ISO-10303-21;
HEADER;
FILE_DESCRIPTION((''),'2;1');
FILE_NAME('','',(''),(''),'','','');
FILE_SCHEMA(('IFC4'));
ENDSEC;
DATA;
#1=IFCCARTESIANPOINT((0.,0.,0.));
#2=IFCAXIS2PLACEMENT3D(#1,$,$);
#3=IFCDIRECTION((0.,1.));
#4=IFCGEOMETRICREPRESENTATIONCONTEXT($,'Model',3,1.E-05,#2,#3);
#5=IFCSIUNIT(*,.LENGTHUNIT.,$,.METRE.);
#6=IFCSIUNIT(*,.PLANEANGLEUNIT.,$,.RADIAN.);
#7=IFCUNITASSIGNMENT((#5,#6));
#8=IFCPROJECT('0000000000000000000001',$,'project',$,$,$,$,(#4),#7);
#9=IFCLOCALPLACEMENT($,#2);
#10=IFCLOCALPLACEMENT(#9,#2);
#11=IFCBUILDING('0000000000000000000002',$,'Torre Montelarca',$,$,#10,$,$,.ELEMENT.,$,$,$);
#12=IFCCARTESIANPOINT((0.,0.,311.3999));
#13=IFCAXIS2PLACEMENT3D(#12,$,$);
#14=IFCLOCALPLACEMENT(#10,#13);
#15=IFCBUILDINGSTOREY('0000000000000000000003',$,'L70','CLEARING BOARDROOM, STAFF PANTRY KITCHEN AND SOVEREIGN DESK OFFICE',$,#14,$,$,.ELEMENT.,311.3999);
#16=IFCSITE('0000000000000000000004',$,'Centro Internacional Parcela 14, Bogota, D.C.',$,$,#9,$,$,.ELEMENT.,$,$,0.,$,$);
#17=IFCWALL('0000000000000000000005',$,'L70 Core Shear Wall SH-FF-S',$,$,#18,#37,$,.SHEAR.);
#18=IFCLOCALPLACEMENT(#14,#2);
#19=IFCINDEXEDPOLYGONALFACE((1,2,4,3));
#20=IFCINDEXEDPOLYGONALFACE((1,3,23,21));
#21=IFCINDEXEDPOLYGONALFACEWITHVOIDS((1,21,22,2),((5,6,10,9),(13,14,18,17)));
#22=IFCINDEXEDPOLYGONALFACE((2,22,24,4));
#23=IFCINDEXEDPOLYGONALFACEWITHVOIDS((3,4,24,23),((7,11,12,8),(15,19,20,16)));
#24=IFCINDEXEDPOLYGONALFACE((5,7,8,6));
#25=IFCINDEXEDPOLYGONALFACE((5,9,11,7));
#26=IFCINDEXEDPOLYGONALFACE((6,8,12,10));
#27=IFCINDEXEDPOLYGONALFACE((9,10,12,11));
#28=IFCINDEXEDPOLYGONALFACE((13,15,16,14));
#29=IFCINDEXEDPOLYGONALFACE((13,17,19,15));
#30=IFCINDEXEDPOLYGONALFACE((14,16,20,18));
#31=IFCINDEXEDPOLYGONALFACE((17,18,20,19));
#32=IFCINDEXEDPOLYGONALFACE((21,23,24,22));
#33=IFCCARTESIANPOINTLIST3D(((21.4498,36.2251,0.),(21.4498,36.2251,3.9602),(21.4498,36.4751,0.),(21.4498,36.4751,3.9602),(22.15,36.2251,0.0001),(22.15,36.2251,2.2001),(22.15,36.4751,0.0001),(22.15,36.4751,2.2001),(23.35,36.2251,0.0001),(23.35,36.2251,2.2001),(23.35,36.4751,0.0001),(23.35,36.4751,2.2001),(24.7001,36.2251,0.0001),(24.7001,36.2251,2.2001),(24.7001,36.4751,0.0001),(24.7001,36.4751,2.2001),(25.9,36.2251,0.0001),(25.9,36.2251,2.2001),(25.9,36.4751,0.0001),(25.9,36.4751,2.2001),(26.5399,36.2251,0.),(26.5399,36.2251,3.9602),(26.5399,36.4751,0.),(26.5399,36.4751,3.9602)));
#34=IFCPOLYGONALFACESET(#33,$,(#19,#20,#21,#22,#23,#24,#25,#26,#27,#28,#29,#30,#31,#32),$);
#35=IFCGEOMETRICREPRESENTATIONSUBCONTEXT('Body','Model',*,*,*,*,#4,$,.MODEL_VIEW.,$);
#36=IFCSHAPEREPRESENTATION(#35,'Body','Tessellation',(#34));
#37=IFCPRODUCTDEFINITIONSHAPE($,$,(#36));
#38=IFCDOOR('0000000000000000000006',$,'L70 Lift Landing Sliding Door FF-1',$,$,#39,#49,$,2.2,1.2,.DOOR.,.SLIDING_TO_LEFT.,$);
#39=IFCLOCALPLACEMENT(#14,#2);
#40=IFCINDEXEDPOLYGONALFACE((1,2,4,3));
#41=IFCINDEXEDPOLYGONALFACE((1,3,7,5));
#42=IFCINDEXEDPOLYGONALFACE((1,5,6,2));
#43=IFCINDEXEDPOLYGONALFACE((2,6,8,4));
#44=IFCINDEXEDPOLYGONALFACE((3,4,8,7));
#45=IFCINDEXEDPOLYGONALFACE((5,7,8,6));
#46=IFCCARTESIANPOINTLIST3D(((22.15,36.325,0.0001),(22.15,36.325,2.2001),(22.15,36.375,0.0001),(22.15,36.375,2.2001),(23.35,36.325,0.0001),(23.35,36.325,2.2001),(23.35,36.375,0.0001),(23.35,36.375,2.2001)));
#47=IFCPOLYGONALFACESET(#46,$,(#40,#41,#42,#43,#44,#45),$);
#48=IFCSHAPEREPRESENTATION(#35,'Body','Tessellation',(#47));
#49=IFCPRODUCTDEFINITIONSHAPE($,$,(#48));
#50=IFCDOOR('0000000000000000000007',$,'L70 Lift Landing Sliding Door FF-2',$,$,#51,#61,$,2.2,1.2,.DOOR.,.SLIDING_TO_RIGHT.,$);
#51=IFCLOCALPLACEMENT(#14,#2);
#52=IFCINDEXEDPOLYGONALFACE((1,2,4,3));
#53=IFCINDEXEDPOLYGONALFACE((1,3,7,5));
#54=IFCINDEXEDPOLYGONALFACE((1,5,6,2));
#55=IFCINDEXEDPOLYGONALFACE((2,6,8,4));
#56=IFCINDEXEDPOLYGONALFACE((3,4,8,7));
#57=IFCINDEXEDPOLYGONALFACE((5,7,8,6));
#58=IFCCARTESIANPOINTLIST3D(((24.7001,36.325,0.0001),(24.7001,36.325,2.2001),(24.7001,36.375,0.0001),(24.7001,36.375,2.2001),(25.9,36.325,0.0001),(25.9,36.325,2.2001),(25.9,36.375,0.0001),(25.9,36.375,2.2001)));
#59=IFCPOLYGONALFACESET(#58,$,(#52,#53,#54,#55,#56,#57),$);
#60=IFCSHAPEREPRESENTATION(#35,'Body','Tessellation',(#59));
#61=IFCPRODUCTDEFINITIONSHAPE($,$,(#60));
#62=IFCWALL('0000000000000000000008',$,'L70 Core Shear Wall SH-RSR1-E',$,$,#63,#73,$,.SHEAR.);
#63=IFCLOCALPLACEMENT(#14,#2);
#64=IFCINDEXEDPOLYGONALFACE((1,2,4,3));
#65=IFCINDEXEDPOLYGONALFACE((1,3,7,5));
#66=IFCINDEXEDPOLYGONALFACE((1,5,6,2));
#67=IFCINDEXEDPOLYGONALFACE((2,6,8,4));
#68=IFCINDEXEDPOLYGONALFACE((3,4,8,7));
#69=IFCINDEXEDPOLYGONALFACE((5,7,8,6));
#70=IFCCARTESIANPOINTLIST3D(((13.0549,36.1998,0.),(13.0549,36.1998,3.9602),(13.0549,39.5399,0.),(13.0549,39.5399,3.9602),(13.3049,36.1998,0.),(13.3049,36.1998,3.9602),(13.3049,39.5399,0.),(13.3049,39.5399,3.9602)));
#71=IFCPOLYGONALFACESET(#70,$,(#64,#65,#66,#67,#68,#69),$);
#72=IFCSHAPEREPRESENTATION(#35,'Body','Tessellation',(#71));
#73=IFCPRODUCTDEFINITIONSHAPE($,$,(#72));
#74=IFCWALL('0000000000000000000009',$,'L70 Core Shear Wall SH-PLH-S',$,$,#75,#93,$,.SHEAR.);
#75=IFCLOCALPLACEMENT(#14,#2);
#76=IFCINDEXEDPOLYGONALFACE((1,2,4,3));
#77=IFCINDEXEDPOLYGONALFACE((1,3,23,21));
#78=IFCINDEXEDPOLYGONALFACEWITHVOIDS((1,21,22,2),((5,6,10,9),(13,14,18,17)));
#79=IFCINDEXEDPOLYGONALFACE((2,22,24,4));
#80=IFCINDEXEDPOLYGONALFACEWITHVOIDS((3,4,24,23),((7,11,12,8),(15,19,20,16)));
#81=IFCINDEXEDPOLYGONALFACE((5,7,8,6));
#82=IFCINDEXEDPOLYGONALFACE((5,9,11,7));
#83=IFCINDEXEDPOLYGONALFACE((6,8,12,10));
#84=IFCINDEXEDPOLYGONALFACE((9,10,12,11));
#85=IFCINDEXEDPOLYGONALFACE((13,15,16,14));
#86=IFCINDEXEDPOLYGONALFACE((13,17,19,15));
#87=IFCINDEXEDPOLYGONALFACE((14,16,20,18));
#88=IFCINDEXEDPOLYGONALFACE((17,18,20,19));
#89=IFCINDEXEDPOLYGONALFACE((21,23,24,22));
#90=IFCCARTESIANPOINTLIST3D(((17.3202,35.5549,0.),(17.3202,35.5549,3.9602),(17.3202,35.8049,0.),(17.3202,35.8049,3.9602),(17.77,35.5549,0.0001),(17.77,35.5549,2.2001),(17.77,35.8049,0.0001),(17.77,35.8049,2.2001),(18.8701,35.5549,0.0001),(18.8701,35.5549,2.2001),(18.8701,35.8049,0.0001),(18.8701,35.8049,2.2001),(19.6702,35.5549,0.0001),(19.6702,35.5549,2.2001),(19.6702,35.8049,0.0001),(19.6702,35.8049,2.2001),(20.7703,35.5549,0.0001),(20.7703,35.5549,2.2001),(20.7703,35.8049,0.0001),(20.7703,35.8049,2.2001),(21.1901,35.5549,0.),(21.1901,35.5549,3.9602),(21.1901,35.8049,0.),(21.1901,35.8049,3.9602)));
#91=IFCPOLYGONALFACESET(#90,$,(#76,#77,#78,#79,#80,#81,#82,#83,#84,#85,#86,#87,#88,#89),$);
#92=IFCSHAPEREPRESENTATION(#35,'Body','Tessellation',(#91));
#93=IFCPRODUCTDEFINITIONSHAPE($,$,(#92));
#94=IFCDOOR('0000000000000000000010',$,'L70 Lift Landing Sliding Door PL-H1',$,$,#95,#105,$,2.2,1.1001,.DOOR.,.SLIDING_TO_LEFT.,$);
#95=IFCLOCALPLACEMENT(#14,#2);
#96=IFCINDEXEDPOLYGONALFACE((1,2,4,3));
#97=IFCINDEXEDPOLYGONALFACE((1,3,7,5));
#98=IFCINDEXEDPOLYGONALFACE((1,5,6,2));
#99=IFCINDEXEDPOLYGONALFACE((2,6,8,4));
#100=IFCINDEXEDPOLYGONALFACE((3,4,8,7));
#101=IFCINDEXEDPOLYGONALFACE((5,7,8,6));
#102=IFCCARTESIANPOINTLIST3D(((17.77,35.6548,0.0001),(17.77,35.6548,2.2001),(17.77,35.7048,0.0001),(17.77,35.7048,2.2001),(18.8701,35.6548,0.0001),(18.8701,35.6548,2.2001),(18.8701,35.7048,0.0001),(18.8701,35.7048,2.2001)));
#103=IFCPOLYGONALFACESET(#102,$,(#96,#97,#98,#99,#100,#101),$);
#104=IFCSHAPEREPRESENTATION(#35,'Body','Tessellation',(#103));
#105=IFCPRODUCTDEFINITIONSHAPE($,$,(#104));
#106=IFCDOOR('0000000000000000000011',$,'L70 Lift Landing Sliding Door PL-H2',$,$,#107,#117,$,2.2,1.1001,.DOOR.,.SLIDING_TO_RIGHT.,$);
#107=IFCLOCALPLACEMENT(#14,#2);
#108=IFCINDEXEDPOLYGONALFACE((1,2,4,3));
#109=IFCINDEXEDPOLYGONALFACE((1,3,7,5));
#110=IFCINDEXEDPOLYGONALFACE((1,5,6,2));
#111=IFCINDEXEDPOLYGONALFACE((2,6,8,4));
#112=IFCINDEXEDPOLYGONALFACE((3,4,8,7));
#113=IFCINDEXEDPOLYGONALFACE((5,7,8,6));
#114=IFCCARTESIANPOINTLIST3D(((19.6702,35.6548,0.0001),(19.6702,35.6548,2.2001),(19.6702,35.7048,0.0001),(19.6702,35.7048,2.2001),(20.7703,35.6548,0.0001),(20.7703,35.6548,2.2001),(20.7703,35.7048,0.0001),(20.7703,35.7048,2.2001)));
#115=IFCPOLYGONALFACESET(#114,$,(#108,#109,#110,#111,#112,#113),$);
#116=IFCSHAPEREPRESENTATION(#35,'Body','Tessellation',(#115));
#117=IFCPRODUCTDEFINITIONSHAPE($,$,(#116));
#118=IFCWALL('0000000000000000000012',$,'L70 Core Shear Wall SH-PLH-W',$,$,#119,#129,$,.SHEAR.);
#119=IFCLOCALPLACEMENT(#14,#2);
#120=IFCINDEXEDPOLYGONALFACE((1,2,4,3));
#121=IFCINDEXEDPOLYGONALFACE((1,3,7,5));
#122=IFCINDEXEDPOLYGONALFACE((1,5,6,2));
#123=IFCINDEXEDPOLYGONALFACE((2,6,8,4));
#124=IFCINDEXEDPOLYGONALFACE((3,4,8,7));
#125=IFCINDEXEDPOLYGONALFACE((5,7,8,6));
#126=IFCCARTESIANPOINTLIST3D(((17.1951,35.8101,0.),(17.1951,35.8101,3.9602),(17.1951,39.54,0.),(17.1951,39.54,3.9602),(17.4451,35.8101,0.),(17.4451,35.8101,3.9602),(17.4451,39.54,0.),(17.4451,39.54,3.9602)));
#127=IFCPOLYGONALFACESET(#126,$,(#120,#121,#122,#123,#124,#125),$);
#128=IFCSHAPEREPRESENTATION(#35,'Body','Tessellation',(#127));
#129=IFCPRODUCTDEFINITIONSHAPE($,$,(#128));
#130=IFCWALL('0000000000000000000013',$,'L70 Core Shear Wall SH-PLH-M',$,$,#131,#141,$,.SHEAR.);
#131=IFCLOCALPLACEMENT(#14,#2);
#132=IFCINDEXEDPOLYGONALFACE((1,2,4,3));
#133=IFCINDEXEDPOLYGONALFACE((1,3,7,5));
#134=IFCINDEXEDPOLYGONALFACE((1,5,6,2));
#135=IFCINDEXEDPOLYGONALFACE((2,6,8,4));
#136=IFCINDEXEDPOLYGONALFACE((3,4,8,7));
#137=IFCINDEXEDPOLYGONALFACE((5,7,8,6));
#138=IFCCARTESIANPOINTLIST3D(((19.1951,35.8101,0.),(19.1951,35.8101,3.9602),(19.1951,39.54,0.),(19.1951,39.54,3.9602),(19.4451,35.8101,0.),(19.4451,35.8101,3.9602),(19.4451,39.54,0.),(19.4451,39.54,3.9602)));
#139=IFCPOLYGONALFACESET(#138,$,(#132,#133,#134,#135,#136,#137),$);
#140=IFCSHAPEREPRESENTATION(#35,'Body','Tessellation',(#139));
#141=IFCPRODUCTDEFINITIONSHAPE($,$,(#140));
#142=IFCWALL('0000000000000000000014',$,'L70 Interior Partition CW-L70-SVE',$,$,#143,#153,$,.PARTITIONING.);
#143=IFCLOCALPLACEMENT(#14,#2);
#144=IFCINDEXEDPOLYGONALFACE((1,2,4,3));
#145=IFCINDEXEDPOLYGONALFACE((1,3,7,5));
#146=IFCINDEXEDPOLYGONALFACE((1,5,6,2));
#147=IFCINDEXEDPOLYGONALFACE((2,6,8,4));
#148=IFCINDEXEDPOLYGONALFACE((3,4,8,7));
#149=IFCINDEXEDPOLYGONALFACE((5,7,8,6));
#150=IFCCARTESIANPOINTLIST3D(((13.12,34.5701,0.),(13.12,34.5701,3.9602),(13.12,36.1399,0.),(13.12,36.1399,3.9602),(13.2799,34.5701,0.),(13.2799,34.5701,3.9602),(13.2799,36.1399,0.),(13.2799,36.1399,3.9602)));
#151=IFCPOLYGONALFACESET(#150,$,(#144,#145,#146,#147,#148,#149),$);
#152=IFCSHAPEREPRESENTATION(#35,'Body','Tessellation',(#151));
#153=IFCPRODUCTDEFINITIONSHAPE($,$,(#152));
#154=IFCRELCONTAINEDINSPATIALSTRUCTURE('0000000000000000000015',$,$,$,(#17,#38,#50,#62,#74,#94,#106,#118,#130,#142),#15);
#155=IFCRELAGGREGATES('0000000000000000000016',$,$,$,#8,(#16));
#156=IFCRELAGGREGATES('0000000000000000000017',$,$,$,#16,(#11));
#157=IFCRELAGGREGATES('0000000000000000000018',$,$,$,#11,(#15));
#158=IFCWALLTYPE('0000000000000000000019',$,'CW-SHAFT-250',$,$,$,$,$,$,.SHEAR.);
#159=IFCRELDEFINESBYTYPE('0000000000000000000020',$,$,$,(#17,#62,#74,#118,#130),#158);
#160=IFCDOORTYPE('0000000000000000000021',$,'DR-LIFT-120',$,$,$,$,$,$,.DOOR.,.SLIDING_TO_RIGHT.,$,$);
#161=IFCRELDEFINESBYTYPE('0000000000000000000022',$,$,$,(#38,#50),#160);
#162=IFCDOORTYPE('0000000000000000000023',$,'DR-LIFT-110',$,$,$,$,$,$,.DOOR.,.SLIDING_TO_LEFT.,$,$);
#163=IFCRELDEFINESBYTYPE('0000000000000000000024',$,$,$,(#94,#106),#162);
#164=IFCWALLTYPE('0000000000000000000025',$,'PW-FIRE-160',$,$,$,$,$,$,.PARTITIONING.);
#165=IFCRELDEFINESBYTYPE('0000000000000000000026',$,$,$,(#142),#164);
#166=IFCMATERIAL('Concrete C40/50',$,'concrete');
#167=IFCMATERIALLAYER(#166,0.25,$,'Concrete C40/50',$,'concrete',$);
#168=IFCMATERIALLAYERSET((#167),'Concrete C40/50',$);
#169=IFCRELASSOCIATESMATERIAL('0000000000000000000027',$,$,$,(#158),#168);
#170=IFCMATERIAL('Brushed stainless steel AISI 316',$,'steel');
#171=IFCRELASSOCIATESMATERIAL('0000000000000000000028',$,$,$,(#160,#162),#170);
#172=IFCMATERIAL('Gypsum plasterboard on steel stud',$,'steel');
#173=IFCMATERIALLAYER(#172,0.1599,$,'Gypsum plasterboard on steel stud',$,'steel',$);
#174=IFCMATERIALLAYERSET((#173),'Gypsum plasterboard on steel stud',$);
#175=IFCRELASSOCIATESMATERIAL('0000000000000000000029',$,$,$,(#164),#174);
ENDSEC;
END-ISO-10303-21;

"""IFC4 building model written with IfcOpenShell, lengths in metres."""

from ifc_helpers import new_model, si_unit, direction, frame, frame_2d, origin, place, context, subcontext, project, spatial, rectangle, extrude, source, transform, mapped, material, layer, layer_set, type_object, element, fill, save


model = new_model("IFC4")

# Units and contexts
model_context = context("Model", 3, precision=1e-05, world=origin(), true_north=direction((0.0, 1.0)))
body_context = subcontext(model_context, "Body", "Model", "MODEL_VIEW")
ifc_project = project(units=[si_unit("LENGTHUNIT", "METRE"), si_unit("PLANEANGLEUNIT", "RADIAN")], contexts=[model_context])

# Site, building, storey
site_placement = place(None, origin())
site = spatial("IfcSite", under=ifc_project, at=site_placement, Name="Centro Internacional Parcela 14, Bogota, D.C.", CompositionType="ELEMENT", RefElevation=0.0)
building_placement = place(site_placement, origin())
building = spatial("IfcBuilding", under=site, at=building_placement, Name="Torre Montelarca", CompositionType="ELEMENT")
storey_placement = place(building_placement, frame((0.0, 0.0, 311.3999)))
storey = spatial("IfcBuildingStorey", under=building, at=storey_placement, Name="L70", Description="CLEARING BOARDROOM, STAFF PANTRY KITCHEN AND SOVEREIGN DESK OFFICE", CompositionType="ELEMENT", Elevation=311.3999)

# Shared definitions
ifc_material_1 = material(Name="Concrete C40/50", Category="concrete")

# Shared definitions
ifc_layer_1 = layer(ifc_material_1, 0.25, Name="Concrete C40/50", Category="concrete")
ifc_layer_set_1 = layer_set([ifc_layer_1], Name="Concrete C40/50")
wall_type_1 = type_object("IfcWallType", Name="CW-SHAFT-250", PredefinedType="SHEAR", material=ifc_layer_set_1)

# Wall, openings, doors
wall_1_placement = place(storey_placement, frame((21.45, 36.3501, 0.0), z_axis=(0.0, 0.0, 1.0), x_axis=(1.0, 0.0, 0.0)))
wall_1 = element("IfcWall", 1, at=wall_1_placement, inside=storey, type_object=wall_type_1, Name="L70 Core Shear Wall SH-FF-S", PredefinedType="SHEAR", context=body_context, shape_type="SweptSolid", body=[
    extrude(rectangle(XDim=5.0901, YDim=0.25, at=frame_2d((2.5449, 0.0))), origin(), (0.0, 0.0, 1.0), 3.9602),
])
opening_1_placement = place(wall_1_placement, frame((0.7, 0.0, 0.0)))
opening_1 = element("IfcOpeningElement", 2, at=opening_1_placement, cuts=wall_1, PredefinedType="OPENING", context=body_context, shape_type="SweptSolid", body=[
    extrude(rectangle(XDim=1.2, YDim=2.2, at=frame_2d((0.6001, 1.1001))), frame((0.0, 0.135, 0.0), z_axis=(0.0, -1.0, 0.0), x_axis=(1.0, 0.0, 0.0)), (0.0, 0.0, 1.0), 0.27),
])
opening_2_placement = place(wall_1_placement, frame((3.25, 0.0, 0.0)))
opening_2 = element("IfcOpeningElement", 3, at=opening_2_placement, cuts=wall_1, PredefinedType="OPENING", context=body_context, shape_type="SweptSolid", body=[
    extrude(rectangle(XDim=1.2, YDim=2.2, at=frame_2d((0.6001, 1.1001))), frame((0.0, 0.135, 0.0), z_axis=(0.0, -1.0, 0.0), x_axis=(1.0, 0.0, 0.0)), (0.0, 0.0, 1.0), 0.27),
])
ifc_material_2 = material(Name="Brushed stainless steel AISI 316", Category="steel")
door_type_1 = type_object("IfcDoorType", Name="DR-LIFT-120", OperationType="SLIDING_TO_RIGHT", PredefinedType="DOOR", material=ifc_material_2)
shared_shape_1 = source(origin(), body_context, "Body", "SweptSolid", [
    extrude(rectangle(XDim=1.2, YDim=2.2, at=frame_2d((0.6001, 1.1001))), frame((0.0, 0.0249, 0.0), z_axis=(0.0, -1.0, 0.0), x_axis=(1.0, 0.0, 0.0)), (0.0, 0.0, 1.0), 0.05),
])
door_1_placement = place(opening_1_placement, origin())
door_1 = element("IfcDoor", 4, at=door_1_placement, inside=storey, type_object=door_type_1, Name="L70 Lift Landing Sliding Door FF-1", OperationType="SLIDING_TO_LEFT", OverallHeight=2.2, OverallWidth=1.2, PredefinedType="DOOR", context=body_context, shape_type="MappedRepresentation", body=[
    mapped(shared_shape_1, transform((0.0, 0.0, 0.0), scale=1.0)),
])
fill(opening_1, door_1)
door_2_placement = place(opening_2_placement, origin())
door_2 = element("IfcDoor", 5, at=door_2_placement, inside=storey, type_object=door_type_1, Name="L70 Lift Landing Sliding Door FF-2", OperationType="SLIDING_TO_RIGHT", OverallHeight=2.2, OverallWidth=1.2, PredefinedType="DOOR", context=body_context, shape_type="MappedRepresentation", body=[
    mapped(shared_shape_1, transform((0.0, 0.0, 0.0), scale=1.0)),
])
fill(opening_2, door_2)

# Wall
wall_2_placement = place(storey_placement, frame((13.1799, 36.2, 0.0), z_axis=(0.0, 0.0, 1.0), x_axis=(0.0, 1.0, 0.0)))
element("IfcWall", 6, at=wall_2_placement, inside=storey, type_object=wall_type_1, Name="L70 Core Shear Wall SH-RSR1-E", PredefinedType="SHEAR", context=body_context, shape_type="SweptSolid", body=[
    extrude(rectangle(XDim=3.3401, YDim=0.25, at=frame_2d((1.6699, 0.0))), origin(), (0.0, 0.0, 1.0), 3.9602),
])

# Wall, openings, doors
wall_3_placement = place(storey_placement, frame((17.3201, 35.6799, 0.0), z_axis=(0.0, 0.0, 1.0), x_axis=(1.0, 0.0, 0.0)))
wall_3 = element("IfcWall", 7, at=wall_3_placement, inside=storey, type_object=wall_type_1, Name="L70 Core Shear Wall SH-PLH-S", PredefinedType="SHEAR", context=body_context, shape_type="SweptSolid", body=[
    extrude(rectangle(XDim=3.8699, YDim=0.25, at=frame_2d((1.9351, 0.0))), origin(), (0.0, 0.0, 1.0), 3.9602),
])
opening_3_placement = place(wall_3_placement, frame((0.45, 0.0, 0.0)))
opening_3 = element("IfcOpeningElement", 8, at=opening_3_placement, cuts=wall_3, PredefinedType="OPENING", context=body_context, shape_type="SweptSolid", body=[
    extrude(rectangle(XDim=1.1001, YDim=2.2, at=frame_2d((0.55, 1.1001))), frame((0.0, 0.135, 0.0), z_axis=(0.0, -1.0, 0.0), x_axis=(1.0, 0.0, 0.0)), (0.0, 0.0, 1.0), 0.27),
])
opening_4_placement = place(wall_3_placement, frame((2.3501, 0.0, 0.0)))
opening_4 = element("IfcOpeningElement", 9, at=opening_4_placement, cuts=wall_3, PredefinedType="OPENING", context=body_context, shape_type="SweptSolid", body=[
    extrude(rectangle(XDim=1.1001, YDim=2.2, at=frame_2d((0.55, 1.1001))), frame((0.0, 0.135, 0.0), z_axis=(0.0, -1.0, 0.0), x_axis=(1.0, 0.0, 0.0)), (0.0, 0.0, 1.0), 0.27),
])
door_type_2 = type_object("IfcDoorType", Name="DR-LIFT-110", OperationType="SLIDING_TO_LEFT", PredefinedType="DOOR", material=ifc_material_2)
shared_shape_2 = source(origin(), body_context, "Body", "SweptSolid", [
    extrude(rectangle(XDim=1.1001, YDim=2.2, at=frame_2d((0.55, 1.1001))), frame((0.0, 0.0249, 0.0), z_axis=(0.0, -1.0, 0.0), x_axis=(1.0, 0.0, 0.0)), (0.0, 0.0, 1.0), 0.05),
])
door_3_placement = place(opening_3_placement, origin())
door_3 = element("IfcDoor", 10, at=door_3_placement, inside=storey, type_object=door_type_2, Name="L70 Lift Landing Sliding Door PL-H1", OperationType="SLIDING_TO_LEFT", OverallHeight=2.2, OverallWidth=1.1001, PredefinedType="DOOR", context=body_context, shape_type="MappedRepresentation", body=[
    mapped(shared_shape_2, transform((0.0, 0.0, 0.0), scale=1.0)),
])
fill(opening_3, door_3)
door_4_placement = place(opening_4_placement, origin())
door_4 = element("IfcDoor", 11, at=door_4_placement, inside=storey, type_object=door_type_2, Name="L70 Lift Landing Sliding Door PL-H2", OperationType="SLIDING_TO_RIGHT", OverallHeight=2.2, OverallWidth=1.1001, PredefinedType="DOOR", context=body_context, shape_type="MappedRepresentation", body=[
    mapped(shared_shape_2, transform((0.0, 0.0, 0.0), scale=1.0)),
])
fill(opening_4, door_4)

# Walls
for number, where, z_axis, x_axis, name in (
    (12, (17.3201, 35.8101, 0.0), (0.0, 0.0, 1.0), (0.0, 1.0, 0.0), "L70 Core Shear Wall SH-PLH-W"),
    (13, (19.3201, 35.8101, 0.0), (0.0, 0.0, 1.0), (0.0, 1.0, 0.0), "L70 Core Shear Wall SH-PLH-M"),
):
    element("IfcWall", number, at=place(storey_placement, frame(where, z_axis=z_axis, x_axis=x_axis)), inside=storey, type_object=wall_type_1, Name=name, PredefinedType="SHEAR", context=body_context, shape_type="SweptSolid", body=[
        extrude(rectangle(XDim=3.73, YDim=0.25, at=frame_2d((1.865, 0.0))), origin(), (0.0, 0.0, 1.0), 3.9602),
    ])
ifc_material_3 = material(Name="Gypsum plasterboard on steel stud", Category="steel")
ifc_layer_2 = layer(ifc_material_3, 0.1599, Name="Gypsum plasterboard on steel stud", Category="steel")
ifc_layer_set_2 = layer_set([ifc_layer_2], Name="Gypsum plasterboard on steel stud")
wall_type_2 = type_object("IfcWallType", Name="PW-FIRE-160", PredefinedType="PARTITIONING", material=ifc_layer_set_2)
wall_4_placement = place(storey_placement, frame((13.2, 34.5701, 0.0), z_axis=(0.0, 0.0, 1.0), x_axis=(0.0, 1.0, 0.0)))
element("IfcWall", 14, at=wall_4_placement, inside=storey, type_object=wall_type_2, Name="L70 Interior Partition CW-L70-SVE", PredefinedType="PARTITIONING", context=body_context, shape_type="SweptSolid", body=[
    extrude(rectangle(XDim=1.5698, YDim=0.1599, at=frame_2d((0.7849, 0.0))), origin(), (0.0, 0.0, 1.0), 3.9602),
])

save(model, "model.ifc")
